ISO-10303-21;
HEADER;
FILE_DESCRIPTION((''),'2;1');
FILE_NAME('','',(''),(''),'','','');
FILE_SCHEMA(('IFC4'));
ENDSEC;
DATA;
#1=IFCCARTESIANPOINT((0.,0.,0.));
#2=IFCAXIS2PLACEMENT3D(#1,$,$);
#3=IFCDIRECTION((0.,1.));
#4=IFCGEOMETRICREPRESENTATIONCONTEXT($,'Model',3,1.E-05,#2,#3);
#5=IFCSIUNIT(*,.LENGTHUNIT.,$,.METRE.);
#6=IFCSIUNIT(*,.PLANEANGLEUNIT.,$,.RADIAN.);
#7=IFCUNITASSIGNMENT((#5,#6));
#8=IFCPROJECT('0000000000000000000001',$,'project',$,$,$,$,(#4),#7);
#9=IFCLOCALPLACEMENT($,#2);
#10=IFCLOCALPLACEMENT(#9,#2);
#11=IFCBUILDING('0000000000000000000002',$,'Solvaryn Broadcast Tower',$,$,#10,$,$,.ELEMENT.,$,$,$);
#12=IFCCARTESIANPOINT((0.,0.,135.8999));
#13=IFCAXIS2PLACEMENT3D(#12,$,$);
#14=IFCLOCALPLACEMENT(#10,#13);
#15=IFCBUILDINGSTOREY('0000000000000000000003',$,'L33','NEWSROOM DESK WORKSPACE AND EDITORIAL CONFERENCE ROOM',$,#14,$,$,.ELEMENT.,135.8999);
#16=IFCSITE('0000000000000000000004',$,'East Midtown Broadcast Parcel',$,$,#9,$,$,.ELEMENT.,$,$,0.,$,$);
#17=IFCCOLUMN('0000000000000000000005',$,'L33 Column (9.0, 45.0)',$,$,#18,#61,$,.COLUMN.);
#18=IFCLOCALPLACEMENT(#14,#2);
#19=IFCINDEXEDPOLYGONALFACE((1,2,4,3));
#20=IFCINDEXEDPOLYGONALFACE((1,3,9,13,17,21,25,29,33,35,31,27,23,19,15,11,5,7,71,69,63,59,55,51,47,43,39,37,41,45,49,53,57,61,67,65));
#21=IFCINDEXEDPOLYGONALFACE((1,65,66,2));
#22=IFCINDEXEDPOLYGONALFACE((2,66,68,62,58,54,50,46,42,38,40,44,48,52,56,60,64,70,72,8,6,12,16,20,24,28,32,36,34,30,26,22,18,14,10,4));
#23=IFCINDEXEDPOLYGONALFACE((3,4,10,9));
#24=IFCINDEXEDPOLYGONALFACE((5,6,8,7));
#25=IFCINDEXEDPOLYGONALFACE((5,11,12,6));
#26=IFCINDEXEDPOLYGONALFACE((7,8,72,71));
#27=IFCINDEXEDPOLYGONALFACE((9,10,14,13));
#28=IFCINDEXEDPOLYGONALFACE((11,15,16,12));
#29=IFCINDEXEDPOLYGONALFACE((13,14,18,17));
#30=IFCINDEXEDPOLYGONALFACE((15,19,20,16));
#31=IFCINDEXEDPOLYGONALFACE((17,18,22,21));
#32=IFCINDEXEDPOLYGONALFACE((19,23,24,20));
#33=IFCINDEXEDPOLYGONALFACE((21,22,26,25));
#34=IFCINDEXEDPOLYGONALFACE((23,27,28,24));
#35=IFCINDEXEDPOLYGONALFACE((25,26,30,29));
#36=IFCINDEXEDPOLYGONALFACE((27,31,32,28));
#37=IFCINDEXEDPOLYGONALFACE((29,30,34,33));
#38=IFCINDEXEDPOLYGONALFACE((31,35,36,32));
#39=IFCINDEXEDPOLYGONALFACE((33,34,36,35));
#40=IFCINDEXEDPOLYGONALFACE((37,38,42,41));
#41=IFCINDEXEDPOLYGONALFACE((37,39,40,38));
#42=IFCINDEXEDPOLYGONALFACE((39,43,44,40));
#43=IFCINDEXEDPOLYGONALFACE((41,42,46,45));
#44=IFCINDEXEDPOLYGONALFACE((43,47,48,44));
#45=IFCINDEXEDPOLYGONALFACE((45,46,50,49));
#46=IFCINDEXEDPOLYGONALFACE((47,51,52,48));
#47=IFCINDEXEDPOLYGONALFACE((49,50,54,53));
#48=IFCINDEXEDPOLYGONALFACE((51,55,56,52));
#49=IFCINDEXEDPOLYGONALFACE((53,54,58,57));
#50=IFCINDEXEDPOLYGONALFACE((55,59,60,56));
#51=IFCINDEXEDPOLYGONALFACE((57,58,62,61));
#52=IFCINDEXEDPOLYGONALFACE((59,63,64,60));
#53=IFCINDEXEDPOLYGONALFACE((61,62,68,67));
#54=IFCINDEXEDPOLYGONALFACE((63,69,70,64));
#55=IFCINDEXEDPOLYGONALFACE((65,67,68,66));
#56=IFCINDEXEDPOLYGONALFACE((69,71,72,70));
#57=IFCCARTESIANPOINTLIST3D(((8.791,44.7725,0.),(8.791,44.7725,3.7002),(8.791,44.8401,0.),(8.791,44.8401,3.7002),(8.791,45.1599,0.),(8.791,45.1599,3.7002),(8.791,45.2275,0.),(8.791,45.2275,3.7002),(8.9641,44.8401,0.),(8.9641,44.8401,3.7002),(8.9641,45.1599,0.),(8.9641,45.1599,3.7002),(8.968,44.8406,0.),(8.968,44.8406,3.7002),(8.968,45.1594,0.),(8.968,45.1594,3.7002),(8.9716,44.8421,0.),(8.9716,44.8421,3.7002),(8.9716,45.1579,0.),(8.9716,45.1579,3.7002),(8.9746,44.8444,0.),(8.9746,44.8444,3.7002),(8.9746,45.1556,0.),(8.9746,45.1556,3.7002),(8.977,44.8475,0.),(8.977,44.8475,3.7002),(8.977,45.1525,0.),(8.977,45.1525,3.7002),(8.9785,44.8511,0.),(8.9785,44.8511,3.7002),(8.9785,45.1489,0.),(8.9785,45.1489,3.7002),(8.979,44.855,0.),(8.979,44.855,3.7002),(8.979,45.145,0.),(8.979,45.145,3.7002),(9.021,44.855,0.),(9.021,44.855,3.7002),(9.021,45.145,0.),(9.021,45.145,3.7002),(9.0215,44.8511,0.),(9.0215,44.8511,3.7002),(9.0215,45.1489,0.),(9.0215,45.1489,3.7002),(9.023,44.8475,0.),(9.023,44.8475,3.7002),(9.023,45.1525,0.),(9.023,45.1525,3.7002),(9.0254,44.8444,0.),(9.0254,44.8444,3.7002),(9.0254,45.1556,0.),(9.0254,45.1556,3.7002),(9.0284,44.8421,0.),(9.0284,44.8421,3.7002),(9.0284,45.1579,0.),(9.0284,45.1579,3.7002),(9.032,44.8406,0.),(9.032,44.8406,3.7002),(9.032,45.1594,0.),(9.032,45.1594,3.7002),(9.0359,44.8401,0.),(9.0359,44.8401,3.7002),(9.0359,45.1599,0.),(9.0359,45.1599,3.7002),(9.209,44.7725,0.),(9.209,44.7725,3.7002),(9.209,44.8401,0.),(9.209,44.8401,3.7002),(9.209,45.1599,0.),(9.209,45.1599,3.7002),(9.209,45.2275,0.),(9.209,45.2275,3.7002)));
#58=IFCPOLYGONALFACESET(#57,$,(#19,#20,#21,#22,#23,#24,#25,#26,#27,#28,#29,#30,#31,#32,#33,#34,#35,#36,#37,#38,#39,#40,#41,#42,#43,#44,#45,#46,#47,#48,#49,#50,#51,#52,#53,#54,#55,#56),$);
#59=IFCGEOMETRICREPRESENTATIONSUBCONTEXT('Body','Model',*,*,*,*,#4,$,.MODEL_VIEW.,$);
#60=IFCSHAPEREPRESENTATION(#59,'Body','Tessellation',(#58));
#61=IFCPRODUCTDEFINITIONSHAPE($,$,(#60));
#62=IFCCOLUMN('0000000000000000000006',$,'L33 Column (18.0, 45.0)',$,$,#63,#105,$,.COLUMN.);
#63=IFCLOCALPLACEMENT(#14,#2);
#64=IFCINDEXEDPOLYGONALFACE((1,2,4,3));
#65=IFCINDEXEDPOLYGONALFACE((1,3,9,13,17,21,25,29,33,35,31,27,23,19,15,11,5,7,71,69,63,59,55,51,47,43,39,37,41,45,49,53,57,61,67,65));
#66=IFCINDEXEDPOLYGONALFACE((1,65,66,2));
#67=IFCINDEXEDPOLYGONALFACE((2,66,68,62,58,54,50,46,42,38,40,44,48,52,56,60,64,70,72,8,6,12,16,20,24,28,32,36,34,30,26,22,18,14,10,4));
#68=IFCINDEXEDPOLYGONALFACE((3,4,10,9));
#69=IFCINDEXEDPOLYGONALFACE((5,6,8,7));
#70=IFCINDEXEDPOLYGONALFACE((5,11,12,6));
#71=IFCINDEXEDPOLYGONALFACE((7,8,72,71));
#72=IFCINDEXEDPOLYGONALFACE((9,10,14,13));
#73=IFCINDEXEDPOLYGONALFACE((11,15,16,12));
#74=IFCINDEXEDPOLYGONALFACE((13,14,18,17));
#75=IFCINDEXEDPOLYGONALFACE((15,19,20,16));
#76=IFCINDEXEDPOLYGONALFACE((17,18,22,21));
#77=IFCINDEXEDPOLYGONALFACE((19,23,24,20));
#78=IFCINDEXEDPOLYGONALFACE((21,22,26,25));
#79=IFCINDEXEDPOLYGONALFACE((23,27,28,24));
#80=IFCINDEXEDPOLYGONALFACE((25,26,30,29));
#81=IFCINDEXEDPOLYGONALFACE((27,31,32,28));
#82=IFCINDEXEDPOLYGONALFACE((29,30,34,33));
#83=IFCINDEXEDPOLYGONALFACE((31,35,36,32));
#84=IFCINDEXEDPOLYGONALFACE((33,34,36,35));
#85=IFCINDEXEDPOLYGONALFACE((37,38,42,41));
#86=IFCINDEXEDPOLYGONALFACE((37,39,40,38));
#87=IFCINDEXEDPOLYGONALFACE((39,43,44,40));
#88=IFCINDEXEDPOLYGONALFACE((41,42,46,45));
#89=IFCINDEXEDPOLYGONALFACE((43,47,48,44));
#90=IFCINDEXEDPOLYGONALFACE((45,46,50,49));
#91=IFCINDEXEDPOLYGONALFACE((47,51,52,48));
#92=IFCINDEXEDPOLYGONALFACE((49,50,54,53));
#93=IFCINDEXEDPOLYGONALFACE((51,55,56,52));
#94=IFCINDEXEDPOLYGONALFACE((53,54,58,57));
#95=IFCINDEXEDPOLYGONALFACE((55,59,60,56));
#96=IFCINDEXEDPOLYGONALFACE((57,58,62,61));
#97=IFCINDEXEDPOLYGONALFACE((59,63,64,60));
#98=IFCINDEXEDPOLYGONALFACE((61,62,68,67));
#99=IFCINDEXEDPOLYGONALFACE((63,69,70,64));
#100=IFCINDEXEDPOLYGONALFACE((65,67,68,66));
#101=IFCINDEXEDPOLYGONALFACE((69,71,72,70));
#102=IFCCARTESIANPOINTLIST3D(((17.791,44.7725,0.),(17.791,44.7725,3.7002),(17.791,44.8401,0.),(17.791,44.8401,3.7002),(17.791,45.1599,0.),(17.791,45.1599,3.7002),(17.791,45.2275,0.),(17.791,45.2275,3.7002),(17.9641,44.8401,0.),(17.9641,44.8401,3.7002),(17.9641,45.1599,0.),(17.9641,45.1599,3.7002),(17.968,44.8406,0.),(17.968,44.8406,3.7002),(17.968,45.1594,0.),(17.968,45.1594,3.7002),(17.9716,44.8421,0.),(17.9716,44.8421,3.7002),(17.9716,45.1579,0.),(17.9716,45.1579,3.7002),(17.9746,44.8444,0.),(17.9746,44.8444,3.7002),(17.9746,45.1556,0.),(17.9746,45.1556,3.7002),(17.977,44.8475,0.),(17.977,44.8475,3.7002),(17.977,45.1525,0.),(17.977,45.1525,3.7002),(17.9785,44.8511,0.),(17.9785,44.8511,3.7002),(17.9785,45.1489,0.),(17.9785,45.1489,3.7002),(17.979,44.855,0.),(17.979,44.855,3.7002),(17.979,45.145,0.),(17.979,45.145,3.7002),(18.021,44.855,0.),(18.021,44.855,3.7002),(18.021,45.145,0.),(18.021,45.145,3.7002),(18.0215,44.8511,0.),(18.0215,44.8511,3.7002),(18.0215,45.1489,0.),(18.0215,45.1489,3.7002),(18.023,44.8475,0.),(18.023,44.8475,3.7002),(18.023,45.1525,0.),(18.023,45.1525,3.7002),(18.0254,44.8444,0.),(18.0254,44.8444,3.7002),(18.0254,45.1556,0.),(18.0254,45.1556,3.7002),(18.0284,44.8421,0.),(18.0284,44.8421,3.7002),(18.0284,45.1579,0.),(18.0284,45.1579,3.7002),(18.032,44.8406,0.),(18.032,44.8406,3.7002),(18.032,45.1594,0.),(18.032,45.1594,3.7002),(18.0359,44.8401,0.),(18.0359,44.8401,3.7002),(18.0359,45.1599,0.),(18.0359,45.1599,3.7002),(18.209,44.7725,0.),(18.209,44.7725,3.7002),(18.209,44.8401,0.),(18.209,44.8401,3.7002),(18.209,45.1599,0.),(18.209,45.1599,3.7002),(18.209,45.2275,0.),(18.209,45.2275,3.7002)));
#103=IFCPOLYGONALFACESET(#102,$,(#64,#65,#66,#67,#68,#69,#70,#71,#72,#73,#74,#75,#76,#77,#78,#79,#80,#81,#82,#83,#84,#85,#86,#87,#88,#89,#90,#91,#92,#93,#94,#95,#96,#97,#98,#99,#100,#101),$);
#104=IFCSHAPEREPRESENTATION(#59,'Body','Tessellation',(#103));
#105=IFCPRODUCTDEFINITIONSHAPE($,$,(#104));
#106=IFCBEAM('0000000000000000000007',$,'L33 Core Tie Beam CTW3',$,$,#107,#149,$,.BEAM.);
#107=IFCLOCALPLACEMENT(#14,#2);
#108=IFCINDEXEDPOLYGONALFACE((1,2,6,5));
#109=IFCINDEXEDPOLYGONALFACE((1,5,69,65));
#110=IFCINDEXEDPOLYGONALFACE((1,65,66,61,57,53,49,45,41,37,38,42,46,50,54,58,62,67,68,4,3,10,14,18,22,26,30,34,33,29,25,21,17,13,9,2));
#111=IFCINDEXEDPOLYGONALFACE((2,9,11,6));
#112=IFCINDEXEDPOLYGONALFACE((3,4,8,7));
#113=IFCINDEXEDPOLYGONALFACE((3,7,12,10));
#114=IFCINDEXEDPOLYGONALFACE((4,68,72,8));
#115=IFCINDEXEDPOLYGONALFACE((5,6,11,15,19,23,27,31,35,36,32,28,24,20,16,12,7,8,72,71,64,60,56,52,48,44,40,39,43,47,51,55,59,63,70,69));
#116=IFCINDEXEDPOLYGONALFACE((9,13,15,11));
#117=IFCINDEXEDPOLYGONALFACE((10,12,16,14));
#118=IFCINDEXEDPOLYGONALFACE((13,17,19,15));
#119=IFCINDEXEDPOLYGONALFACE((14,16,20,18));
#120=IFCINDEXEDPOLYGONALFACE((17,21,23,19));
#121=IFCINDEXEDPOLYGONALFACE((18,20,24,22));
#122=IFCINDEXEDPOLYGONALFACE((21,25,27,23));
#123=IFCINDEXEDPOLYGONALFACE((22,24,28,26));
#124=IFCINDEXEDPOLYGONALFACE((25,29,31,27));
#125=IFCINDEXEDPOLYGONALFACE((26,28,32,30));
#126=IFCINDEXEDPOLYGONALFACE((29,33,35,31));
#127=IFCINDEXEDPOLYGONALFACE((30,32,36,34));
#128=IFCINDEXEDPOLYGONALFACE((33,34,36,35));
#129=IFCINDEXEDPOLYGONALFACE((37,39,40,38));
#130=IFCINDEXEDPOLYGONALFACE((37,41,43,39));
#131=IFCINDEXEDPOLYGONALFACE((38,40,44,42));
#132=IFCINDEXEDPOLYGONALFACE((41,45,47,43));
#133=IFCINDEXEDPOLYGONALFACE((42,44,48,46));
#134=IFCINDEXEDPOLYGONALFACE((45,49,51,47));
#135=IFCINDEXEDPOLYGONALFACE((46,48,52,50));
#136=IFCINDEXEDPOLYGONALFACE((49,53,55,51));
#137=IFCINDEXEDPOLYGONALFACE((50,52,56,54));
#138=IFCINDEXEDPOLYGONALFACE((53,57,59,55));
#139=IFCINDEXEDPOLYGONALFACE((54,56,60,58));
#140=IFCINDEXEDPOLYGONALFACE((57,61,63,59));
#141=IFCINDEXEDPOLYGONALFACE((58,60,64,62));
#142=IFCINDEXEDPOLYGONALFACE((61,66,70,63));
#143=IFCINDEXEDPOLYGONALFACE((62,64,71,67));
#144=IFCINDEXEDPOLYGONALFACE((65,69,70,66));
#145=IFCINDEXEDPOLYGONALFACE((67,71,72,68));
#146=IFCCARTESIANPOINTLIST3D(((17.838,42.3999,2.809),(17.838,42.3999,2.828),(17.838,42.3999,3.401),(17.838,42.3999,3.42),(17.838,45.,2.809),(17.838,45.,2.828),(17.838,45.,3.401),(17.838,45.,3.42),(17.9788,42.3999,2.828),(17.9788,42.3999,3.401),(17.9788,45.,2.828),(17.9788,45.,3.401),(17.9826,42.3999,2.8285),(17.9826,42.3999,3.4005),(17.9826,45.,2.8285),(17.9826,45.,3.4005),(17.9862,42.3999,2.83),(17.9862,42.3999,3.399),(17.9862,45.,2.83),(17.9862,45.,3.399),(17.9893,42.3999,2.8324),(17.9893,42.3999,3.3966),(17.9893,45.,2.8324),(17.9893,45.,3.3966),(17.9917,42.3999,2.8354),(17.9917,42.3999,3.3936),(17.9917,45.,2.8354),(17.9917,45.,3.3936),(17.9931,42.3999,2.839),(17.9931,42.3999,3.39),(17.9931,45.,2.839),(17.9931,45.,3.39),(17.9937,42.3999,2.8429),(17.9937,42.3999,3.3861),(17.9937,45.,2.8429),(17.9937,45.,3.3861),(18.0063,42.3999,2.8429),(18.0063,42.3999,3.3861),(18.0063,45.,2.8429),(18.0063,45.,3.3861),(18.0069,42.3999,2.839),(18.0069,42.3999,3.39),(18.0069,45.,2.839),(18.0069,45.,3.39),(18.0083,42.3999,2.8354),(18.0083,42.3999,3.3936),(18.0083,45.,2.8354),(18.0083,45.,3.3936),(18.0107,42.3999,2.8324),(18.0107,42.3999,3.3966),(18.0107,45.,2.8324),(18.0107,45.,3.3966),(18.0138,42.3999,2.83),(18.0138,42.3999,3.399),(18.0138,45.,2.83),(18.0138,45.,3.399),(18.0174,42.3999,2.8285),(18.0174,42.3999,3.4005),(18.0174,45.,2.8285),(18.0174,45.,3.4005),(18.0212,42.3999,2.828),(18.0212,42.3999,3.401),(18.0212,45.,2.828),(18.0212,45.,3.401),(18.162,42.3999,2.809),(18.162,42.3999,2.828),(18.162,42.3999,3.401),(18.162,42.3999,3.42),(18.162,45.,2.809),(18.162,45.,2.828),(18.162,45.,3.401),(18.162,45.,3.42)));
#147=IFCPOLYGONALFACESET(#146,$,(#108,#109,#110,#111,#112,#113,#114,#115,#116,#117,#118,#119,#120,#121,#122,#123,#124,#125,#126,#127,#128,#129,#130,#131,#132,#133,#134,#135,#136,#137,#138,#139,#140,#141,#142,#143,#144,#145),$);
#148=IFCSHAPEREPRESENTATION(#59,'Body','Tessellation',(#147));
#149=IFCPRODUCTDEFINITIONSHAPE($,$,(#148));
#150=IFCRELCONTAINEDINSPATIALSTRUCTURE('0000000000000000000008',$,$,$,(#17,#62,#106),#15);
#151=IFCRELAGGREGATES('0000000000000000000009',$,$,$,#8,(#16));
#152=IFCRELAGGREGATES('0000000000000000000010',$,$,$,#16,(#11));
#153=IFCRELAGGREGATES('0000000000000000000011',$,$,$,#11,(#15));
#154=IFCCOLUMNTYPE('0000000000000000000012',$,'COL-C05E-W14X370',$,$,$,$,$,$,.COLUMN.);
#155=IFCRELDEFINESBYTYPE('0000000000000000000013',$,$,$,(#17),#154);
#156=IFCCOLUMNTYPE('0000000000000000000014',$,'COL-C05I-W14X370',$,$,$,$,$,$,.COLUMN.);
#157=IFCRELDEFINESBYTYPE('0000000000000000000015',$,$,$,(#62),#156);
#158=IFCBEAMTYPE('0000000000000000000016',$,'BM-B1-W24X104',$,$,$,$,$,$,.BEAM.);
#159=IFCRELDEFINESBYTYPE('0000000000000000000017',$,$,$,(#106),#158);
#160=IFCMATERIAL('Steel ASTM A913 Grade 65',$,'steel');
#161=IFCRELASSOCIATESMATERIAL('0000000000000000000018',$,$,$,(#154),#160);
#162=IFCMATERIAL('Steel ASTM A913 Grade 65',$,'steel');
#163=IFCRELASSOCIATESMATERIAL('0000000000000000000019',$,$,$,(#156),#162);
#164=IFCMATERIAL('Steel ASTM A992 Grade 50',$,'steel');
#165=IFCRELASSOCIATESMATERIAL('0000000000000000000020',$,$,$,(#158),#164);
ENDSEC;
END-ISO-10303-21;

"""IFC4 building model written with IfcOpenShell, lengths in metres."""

from ifc_helpers import new_model, si_unit, direction, frame, origin, origin_2d, place, context, subcontext, project, spatial, i_section, extrude, material, material_profile, profile_set, type_object, element, save


model = new_model("IFC4")

# Units and contexts
model_context = context("Model", 3, precision=1e-05, world=origin(), true_north=direction((0.0, 1.0)))
body_context = subcontext(model_context, "Body", "Model", "MODEL_VIEW")
ifc_project = project(units=[si_unit("LENGTHUNIT", "METRE"), si_unit("PLANEANGLEUNIT", "RADIAN")], contexts=[model_context])

# Site, building, storey
site_placement = place(None, origin())
site = spatial("IfcSite", under=ifc_project, at=site_placement, Name="East Midtown Broadcast Parcel", CompositionType="ELEMENT", RefElevation=0.0)
building_placement = place(site_placement, origin())
building = spatial("IfcBuilding", under=site, at=building_placement, Name="Solvaryn Broadcast Tower", CompositionType="ELEMENT")
storey_placement = place(building_placement, frame((0.0, 0.0, 135.8999)))
storey = spatial("IfcBuildingStorey", under=building, at=storey_placement, Name="L33", Description="NEWSROOM DESK WORKSPACE AND EDITORIAL CONFERENCE ROOM", CompositionType="ELEMENT", Elevation=135.8999)

# Columns
ifc_material_1 = material(Name="Steel ASTM A913 Grade 65", Category="steel")
ifc_material_profile_1 = material_profile(ifc_material_1, i_section(OverallWidth=0.418, OverallDepth=0.4551, WebThickness=0.042, FlangeThickness=0.0676, FilletRadius=0.0149, at=origin_2d()))
ifc_profile_set_1 = profile_set([ifc_material_profile_1], Name="Steel ASTM A913 Grade 65")
column_type_1 = type_object("IfcColumnType", Name="COL-C05E-W14X370", PredefinedType="COLUMN", material=ifc_profile_set_1)
column_1_placement = place(storey_placement, frame((9.0, 45.0, 0.0), z_axis=(0.0, 0.0, 1.0), x_axis=(1.0, 0.0, 0.0)))
element("IfcColumn", 1, at=column_1_placement, inside=storey, type_object=column_type_1, Name="L33 Column (9.0, 45.0)", PredefinedType="COLUMN", context=body_context, shape_type="SweptSolid", body=[
    extrude(i_section(OverallWidth=0.418, OverallDepth=0.4551, WebThickness=0.042, FlangeThickness=0.0676, FilletRadius=0.0149, at=origin_2d()), origin(), (0.0, 0.0, 1.0), 3.7002),
])
ifc_material_2 = material(Name="Steel ASTM A913 Grade 65", Category="steel")
ifc_material_profile_2 = material_profile(ifc_material_2, i_section(OverallWidth=0.418, OverallDepth=0.4551, WebThickness=0.042, FlangeThickness=0.0676, FilletRadius=0.0149, at=origin_2d()))
ifc_profile_set_2 = profile_set([ifc_material_profile_2], Name="Steel ASTM A913 Grade 65")
column_type_2 = type_object("IfcColumnType", Name="COL-C05I-W14X370", PredefinedType="COLUMN", material=ifc_profile_set_2)
column_2_placement = place(storey_placement, frame((18.0, 45.0, 0.0), z_axis=(0.0, 0.0, 1.0), x_axis=(1.0, 0.0, 0.0)))
element("IfcColumn", 2, at=column_2_placement, inside=storey, type_object=column_type_2, Name="L33 Column (18.0, 45.0)", PredefinedType="COLUMN", context=body_context, shape_type="SweptSolid", body=[
    extrude(i_section(OverallWidth=0.418, OverallDepth=0.4551, WebThickness=0.042, FlangeThickness=0.0676, FilletRadius=0.0149, at=origin_2d()), origin(), (0.0, 0.0, 1.0), 3.7002),
])

# Beam
ifc_material_3 = material(Name="Steel ASTM A992 Grade 50", Category="steel")
ifc_material_profile_3 = material_profile(ifc_material_3, i_section(OverallWidth=0.324, OverallDepth=0.6111, WebThickness=0.0127, FlangeThickness=0.019, FilletRadius=0.0149, at=origin_2d()))
ifc_profile_set_3 = profile_set([ifc_material_profile_3], Name="Steel ASTM A992 Grade 50")
beam_type_1 = type_object("IfcBeamType", Name="BM-B1-W24X104", PredefinedType="BEAM", material=ifc_profile_set_3)
beam_1_placement = place(storey_placement, frame((18.0, 42.3999, 3.1145), z_axis=(0.0, 1.0, 0.0), x_axis=(-1.0, 0.0, 0.0)))
element("IfcBeam", 3, at=beam_1_placement, inside=storey, type_object=beam_type_1, Name="L33 Core Tie Beam CTW3", PredefinedType="BEAM", context=body_context, shape_type="SweptSolid", body=[
    extrude(i_section(OverallWidth=0.324, OverallDepth=0.6111, WebThickness=0.0127, FlangeThickness=0.019, FilletRadius=0.0149, at=origin_2d()), origin(), (0.0, 0.0, 1.0), 2.6001),
])

save(model, "model.ifc")
